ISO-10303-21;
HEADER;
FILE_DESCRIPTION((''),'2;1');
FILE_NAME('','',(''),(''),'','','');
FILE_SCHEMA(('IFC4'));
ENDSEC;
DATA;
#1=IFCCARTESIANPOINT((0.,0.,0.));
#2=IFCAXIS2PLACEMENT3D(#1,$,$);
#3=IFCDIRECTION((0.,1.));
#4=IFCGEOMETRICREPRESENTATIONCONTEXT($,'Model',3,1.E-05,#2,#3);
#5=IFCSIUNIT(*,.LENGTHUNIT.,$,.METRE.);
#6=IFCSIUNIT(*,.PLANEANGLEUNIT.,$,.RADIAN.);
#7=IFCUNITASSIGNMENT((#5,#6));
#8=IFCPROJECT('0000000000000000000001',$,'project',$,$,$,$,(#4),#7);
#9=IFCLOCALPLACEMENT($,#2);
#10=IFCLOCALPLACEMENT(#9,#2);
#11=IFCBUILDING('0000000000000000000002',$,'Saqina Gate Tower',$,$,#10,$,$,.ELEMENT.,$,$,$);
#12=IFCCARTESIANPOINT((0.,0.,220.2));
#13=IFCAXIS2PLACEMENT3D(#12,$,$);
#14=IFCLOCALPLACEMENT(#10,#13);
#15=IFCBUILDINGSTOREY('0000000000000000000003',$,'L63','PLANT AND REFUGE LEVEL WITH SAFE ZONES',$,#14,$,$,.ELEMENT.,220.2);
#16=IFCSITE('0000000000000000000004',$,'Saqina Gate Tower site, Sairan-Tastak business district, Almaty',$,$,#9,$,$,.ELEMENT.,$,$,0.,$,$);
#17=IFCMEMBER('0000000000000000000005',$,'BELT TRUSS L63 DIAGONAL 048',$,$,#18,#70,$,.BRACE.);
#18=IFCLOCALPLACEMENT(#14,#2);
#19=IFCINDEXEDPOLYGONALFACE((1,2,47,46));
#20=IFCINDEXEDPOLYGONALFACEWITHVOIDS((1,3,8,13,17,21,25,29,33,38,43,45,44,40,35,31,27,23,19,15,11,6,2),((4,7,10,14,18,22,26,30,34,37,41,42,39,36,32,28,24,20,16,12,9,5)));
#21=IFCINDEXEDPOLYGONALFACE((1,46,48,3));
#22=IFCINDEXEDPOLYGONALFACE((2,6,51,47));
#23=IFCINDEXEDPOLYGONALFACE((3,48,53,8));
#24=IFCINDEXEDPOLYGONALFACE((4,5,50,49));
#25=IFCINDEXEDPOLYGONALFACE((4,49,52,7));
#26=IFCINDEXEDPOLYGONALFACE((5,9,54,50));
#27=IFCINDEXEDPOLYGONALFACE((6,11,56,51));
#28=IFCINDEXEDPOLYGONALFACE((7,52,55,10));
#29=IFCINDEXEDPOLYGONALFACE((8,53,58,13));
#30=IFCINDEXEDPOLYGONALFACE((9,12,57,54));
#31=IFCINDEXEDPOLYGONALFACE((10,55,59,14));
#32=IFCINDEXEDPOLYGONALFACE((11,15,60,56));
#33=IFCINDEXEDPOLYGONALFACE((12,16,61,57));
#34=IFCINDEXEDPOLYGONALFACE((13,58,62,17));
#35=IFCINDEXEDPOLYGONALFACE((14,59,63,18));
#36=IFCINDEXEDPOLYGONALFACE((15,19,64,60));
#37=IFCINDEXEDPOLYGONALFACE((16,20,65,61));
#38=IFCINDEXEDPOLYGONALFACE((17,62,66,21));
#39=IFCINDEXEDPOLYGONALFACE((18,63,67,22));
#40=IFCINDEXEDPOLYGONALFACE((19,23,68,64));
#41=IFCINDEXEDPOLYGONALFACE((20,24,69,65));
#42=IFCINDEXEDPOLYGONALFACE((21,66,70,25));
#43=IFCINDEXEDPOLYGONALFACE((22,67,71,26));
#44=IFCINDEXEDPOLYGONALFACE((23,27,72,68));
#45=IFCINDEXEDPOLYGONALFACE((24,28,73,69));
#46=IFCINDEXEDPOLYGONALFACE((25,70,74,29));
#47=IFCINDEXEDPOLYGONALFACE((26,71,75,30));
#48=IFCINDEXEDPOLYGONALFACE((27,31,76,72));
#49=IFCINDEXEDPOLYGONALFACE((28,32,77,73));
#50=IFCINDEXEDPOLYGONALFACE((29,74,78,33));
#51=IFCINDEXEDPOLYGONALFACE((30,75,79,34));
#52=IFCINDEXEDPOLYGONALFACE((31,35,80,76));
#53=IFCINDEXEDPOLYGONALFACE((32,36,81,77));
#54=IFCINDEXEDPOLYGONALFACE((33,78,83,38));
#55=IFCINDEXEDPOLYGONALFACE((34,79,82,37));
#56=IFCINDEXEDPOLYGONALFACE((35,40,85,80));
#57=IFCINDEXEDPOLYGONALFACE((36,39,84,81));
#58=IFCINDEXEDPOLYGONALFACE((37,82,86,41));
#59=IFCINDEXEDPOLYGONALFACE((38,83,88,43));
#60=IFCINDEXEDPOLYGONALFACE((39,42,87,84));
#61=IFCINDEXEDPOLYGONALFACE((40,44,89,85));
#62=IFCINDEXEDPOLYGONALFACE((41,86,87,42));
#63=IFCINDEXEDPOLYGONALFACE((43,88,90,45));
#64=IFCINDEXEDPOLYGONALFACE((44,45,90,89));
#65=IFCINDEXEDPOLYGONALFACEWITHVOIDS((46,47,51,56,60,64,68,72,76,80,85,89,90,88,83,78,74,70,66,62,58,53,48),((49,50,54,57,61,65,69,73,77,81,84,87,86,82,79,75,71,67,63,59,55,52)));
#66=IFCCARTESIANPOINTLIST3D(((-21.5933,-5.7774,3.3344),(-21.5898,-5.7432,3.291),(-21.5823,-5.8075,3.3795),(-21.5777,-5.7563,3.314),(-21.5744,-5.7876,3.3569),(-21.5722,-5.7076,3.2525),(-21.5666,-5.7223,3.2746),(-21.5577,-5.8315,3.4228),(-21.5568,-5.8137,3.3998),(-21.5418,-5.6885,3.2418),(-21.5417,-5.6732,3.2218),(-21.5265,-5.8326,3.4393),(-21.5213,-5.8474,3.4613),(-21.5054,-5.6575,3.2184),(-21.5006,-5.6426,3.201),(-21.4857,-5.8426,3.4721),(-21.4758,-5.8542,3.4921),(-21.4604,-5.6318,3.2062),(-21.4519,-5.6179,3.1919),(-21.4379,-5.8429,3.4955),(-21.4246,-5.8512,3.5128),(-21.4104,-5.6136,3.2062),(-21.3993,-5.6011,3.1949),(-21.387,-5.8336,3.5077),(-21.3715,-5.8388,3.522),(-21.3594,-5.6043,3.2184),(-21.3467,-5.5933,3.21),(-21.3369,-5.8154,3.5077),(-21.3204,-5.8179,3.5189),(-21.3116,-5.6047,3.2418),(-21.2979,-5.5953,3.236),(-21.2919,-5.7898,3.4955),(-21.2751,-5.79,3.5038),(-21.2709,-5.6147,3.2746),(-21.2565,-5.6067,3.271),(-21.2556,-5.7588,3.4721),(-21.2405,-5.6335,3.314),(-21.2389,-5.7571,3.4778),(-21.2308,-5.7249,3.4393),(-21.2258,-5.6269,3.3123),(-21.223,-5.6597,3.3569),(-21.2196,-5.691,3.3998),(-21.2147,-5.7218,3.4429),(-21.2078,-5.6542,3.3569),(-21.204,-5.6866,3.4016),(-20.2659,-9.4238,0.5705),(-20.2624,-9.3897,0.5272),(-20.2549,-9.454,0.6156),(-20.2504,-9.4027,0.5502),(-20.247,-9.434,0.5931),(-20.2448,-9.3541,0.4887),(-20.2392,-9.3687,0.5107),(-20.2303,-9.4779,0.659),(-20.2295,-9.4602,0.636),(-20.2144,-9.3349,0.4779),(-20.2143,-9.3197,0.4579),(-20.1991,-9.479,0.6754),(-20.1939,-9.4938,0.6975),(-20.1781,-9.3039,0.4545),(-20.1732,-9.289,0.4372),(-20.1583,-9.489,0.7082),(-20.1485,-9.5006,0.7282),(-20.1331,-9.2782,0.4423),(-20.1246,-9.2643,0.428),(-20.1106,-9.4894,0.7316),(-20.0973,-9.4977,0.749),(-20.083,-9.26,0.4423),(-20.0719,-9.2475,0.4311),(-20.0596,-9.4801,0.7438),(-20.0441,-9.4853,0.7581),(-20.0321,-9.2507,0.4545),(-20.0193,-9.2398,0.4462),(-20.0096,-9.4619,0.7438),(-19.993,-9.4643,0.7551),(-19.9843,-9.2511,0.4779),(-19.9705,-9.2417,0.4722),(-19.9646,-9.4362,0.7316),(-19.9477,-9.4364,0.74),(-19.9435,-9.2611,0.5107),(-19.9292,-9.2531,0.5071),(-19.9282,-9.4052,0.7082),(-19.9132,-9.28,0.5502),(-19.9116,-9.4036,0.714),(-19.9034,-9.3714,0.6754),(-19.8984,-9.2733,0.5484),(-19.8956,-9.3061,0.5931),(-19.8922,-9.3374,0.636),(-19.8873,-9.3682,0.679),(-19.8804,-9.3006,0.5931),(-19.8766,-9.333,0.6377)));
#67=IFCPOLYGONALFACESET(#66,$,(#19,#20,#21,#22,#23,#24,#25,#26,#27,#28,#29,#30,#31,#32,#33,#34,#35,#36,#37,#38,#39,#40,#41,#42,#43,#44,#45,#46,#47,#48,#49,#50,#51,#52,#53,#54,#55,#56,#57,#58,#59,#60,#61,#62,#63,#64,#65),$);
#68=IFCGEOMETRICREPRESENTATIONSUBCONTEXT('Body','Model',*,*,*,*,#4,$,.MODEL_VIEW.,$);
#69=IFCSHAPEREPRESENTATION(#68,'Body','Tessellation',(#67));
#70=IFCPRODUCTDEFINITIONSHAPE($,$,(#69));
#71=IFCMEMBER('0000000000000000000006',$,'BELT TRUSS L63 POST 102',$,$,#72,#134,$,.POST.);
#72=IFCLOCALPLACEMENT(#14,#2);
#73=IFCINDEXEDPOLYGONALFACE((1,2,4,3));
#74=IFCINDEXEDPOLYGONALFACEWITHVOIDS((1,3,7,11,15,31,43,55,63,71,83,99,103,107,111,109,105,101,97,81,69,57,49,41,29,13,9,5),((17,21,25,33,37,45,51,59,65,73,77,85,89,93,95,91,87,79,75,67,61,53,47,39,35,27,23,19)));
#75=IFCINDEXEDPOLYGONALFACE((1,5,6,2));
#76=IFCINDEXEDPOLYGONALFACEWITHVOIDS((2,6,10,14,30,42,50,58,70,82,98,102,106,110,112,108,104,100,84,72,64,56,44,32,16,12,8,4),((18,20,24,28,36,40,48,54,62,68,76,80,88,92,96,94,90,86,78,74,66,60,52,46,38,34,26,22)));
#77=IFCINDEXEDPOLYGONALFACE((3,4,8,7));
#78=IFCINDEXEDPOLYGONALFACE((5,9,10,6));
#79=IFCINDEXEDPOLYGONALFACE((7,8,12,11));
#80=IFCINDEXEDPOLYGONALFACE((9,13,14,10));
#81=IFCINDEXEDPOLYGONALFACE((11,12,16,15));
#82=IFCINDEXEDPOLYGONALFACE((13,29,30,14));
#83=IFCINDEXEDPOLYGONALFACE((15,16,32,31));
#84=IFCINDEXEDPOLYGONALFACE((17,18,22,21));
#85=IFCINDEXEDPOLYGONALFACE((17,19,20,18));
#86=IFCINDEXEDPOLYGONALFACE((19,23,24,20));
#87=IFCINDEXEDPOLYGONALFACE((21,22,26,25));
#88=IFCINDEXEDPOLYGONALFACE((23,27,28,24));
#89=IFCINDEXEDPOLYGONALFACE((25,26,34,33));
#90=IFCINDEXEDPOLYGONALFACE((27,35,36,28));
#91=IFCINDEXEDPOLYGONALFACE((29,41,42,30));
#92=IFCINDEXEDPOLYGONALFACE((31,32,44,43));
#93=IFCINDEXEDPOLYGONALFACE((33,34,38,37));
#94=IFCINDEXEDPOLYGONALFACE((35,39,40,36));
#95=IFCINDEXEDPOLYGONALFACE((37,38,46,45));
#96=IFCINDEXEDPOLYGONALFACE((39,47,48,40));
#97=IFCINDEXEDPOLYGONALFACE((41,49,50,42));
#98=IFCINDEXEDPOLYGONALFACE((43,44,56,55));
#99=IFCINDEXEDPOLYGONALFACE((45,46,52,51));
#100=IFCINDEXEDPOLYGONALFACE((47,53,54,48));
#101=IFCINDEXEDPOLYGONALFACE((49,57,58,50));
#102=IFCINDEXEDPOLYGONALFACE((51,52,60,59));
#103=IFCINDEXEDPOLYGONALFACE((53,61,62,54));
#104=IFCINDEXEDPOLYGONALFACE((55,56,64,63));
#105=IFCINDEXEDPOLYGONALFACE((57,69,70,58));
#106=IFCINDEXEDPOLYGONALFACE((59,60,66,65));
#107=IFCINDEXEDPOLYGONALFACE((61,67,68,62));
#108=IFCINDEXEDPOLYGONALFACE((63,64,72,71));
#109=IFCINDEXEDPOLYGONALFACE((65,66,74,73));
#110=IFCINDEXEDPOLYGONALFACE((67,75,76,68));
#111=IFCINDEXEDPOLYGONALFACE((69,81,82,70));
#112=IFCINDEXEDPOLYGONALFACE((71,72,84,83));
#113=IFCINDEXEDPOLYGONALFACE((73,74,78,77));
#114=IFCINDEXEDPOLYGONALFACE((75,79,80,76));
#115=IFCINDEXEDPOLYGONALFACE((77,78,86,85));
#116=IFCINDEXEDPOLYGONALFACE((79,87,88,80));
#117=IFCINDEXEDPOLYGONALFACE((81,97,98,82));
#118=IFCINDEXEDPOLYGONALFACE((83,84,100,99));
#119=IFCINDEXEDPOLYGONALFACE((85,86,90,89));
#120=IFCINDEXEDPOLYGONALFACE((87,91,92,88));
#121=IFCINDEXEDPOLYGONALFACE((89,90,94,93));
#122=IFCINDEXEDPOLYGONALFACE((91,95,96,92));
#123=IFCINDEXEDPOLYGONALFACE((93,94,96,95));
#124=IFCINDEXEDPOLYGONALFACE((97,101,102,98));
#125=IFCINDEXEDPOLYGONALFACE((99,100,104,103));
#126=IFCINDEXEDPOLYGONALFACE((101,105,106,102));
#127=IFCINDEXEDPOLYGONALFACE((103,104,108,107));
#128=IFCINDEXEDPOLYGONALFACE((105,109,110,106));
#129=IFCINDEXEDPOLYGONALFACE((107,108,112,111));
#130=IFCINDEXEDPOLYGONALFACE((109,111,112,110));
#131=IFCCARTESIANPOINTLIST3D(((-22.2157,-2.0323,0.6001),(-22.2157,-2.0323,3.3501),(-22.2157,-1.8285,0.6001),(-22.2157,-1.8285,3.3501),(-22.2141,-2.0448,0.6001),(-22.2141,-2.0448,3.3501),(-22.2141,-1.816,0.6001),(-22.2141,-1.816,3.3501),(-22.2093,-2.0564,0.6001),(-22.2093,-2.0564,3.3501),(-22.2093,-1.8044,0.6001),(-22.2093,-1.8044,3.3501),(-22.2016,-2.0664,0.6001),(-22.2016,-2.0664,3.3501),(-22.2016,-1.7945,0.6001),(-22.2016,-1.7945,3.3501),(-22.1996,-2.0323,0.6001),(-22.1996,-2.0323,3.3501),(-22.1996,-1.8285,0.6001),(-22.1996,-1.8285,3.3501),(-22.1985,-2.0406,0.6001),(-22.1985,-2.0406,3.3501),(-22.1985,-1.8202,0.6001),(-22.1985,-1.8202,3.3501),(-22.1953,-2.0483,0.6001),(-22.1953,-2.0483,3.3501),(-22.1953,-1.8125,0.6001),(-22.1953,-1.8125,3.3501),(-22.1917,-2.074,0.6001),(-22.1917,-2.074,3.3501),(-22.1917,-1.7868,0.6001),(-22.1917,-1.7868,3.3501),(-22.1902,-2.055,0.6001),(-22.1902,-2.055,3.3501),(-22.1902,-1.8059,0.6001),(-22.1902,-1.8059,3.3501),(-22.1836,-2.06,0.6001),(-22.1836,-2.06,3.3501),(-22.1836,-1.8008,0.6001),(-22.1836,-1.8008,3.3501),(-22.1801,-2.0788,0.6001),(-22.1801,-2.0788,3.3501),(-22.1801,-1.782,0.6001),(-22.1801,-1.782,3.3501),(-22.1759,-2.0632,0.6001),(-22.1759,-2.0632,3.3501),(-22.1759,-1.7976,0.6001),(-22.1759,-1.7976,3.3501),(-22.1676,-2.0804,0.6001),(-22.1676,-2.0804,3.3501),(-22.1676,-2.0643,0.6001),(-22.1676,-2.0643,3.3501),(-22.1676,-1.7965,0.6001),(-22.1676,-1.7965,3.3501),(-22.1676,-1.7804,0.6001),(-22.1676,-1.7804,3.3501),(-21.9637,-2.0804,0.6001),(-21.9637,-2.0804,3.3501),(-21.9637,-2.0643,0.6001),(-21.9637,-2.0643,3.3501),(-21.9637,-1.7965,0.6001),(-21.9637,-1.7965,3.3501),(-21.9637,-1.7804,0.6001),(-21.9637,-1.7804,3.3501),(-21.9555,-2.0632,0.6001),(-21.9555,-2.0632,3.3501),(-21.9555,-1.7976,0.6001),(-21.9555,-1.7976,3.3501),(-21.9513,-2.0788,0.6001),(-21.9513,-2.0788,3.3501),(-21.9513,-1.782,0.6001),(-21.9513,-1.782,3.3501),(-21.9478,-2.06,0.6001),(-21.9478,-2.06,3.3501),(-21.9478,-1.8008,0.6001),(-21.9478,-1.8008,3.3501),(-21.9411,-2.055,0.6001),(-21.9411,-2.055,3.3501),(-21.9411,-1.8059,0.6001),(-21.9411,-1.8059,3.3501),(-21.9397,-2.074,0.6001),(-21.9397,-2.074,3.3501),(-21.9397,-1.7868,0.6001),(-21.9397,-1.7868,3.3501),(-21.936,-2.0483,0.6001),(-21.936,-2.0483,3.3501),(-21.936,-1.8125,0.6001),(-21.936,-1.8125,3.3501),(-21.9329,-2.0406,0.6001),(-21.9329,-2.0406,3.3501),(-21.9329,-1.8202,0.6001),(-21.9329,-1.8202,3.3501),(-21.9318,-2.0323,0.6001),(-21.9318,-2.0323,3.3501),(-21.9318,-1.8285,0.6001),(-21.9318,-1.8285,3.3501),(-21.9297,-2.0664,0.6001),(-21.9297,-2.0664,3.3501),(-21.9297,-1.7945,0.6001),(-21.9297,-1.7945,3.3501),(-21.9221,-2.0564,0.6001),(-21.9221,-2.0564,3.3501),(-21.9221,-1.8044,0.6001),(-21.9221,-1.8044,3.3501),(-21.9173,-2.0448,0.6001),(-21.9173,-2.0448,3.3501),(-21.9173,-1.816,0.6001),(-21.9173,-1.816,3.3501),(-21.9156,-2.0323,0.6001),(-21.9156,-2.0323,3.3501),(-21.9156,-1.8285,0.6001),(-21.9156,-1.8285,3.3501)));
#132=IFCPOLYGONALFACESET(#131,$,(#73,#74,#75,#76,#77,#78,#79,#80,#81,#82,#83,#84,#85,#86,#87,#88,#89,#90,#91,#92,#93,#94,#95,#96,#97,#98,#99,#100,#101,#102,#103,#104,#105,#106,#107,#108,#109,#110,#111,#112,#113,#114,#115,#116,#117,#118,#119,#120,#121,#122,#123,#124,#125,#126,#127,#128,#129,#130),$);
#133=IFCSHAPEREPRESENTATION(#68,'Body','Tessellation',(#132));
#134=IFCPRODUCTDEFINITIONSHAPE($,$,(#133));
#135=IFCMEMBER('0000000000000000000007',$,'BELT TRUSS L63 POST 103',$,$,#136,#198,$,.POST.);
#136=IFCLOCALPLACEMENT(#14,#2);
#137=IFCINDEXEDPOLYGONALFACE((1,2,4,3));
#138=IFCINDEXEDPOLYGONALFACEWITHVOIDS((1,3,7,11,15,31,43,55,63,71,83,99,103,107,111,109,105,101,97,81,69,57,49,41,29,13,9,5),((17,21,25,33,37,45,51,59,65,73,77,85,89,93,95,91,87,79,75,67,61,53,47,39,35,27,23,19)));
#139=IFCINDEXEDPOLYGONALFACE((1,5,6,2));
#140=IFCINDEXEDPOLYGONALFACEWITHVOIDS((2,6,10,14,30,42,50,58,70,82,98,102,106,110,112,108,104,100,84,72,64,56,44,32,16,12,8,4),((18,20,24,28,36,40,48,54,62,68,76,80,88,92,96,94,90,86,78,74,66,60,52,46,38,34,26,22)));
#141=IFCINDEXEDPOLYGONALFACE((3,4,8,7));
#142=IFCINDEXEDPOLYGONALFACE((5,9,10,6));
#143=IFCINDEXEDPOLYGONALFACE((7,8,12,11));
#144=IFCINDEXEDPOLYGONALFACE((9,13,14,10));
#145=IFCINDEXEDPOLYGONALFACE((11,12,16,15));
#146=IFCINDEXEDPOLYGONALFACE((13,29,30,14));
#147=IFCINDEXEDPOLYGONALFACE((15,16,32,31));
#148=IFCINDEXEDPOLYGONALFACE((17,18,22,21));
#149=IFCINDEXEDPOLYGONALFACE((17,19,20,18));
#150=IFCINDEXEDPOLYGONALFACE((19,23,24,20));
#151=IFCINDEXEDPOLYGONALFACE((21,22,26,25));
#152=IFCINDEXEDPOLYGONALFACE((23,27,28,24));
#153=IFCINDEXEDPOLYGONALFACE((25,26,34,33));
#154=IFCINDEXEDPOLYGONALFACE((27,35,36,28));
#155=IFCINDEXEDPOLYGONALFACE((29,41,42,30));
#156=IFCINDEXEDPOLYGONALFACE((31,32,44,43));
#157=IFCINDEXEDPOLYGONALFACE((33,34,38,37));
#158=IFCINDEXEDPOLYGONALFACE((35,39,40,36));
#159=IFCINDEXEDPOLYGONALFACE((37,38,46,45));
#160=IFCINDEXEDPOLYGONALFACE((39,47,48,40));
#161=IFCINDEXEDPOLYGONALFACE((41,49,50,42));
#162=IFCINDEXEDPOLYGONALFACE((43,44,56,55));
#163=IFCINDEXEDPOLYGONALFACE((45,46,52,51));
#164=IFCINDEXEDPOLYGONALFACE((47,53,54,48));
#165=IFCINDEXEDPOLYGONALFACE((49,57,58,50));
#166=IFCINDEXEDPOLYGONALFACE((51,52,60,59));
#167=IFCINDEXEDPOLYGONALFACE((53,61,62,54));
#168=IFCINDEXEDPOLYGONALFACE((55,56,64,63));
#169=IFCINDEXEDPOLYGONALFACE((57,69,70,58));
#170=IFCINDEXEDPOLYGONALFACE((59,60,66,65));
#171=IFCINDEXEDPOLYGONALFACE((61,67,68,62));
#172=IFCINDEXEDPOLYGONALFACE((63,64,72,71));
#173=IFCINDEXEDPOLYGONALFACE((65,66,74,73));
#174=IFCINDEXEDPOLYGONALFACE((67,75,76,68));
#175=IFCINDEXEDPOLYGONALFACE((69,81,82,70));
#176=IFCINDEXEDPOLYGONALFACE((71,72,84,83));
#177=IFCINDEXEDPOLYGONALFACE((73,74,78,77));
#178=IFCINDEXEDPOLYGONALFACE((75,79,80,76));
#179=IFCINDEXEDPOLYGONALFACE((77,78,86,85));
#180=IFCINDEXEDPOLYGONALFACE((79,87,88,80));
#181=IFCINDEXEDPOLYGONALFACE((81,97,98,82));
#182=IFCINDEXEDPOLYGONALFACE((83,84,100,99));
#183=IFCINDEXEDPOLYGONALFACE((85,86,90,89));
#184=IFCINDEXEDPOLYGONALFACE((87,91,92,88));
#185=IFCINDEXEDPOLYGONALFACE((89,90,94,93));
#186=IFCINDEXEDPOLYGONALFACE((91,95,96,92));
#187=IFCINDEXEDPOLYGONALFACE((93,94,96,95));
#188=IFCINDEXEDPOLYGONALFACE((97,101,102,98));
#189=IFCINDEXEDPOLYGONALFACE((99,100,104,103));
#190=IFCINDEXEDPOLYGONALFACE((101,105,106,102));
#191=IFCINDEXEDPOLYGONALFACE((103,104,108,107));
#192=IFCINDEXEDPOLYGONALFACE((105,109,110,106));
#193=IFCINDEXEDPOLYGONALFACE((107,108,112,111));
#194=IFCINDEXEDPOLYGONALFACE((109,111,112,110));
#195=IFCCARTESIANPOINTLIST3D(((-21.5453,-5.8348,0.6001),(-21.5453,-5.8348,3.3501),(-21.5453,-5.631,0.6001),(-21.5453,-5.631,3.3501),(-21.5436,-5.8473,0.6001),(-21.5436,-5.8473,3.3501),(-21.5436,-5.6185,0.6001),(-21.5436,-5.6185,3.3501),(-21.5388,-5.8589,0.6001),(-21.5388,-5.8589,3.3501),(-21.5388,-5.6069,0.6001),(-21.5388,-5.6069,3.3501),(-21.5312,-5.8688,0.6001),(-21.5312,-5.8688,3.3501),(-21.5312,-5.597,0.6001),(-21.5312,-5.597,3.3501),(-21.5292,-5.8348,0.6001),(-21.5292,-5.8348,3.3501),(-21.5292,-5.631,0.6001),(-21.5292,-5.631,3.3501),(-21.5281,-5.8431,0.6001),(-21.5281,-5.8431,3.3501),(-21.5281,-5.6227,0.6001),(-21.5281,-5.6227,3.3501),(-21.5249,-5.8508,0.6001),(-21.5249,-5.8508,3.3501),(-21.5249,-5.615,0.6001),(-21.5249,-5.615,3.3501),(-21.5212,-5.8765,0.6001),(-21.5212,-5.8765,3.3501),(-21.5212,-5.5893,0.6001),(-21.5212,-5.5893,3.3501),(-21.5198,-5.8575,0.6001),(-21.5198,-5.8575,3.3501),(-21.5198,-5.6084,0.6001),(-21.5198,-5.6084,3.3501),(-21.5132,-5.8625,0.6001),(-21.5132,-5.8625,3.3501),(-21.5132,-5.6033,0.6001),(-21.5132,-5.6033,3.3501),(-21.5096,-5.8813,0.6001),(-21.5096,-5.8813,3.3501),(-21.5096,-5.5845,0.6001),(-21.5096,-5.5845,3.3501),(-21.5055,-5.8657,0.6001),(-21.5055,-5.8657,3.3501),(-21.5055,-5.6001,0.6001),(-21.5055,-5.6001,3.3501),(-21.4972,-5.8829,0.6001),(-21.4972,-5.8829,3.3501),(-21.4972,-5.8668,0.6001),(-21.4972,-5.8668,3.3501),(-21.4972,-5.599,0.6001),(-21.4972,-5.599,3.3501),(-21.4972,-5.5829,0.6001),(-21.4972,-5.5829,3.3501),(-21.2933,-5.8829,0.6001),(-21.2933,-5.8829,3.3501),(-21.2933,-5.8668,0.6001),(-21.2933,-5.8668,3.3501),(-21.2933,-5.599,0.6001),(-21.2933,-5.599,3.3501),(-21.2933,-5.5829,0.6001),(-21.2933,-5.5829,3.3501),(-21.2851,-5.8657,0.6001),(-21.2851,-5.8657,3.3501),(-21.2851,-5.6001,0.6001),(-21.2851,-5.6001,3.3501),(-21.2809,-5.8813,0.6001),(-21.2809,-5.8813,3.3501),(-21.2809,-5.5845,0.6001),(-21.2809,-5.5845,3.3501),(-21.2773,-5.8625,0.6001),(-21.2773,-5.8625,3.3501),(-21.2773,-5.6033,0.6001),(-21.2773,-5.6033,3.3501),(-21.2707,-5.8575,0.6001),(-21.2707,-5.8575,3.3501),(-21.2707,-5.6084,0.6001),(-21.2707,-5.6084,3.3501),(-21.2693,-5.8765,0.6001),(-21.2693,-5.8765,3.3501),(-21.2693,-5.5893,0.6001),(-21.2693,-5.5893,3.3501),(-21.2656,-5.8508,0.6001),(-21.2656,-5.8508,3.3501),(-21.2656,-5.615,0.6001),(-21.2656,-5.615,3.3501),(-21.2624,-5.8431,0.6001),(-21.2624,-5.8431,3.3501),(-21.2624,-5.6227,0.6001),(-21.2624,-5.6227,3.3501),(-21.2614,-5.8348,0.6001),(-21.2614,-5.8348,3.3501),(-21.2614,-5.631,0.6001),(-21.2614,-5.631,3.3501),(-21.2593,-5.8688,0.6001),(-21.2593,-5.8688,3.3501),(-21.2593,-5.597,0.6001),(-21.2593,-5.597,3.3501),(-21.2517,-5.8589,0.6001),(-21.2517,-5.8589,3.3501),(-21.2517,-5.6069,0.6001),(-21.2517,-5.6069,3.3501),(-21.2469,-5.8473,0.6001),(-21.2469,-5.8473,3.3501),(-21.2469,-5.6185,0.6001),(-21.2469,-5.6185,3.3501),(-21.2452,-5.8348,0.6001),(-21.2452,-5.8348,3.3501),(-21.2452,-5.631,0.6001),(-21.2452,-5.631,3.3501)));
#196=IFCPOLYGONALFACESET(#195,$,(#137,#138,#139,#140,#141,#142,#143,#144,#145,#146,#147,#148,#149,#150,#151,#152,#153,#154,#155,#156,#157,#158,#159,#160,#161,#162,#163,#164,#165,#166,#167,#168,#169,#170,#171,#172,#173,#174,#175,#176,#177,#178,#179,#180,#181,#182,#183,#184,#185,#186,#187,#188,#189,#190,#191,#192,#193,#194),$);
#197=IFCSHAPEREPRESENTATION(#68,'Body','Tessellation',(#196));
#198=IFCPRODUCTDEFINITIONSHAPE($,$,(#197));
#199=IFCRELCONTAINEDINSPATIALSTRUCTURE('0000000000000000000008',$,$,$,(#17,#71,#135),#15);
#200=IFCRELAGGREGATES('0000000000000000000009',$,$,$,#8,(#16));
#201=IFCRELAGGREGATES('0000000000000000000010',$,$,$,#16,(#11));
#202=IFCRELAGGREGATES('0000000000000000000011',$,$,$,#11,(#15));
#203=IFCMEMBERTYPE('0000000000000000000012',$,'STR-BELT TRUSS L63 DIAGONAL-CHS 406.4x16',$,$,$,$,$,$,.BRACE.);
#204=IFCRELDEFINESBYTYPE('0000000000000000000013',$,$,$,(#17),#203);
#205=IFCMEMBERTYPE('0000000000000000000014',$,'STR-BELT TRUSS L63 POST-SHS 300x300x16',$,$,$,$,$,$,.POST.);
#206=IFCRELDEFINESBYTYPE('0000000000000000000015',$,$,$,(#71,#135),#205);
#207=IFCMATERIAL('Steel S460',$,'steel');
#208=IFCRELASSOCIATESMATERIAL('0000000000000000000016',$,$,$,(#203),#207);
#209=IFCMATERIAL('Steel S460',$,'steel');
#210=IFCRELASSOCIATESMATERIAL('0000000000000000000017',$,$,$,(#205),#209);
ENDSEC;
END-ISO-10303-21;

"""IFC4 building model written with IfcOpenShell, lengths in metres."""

from ifc_helpers import new_model, si_unit, direction, frame, origin, origin_2d, place, context, subcontext, project, spatial, hollow_rectangle, hollow_circle, extrude, material, material_profile, profile_set, type_object, element, save


model = new_model("IFC4")

# Units and contexts
model_context = context("Model", 3, precision=1e-05, world=origin(), true_north=direction((0.0, 1.0)))
body_context = subcontext(model_context, "Body", "Model", "MODEL_VIEW")
ifc_project = project(units=[si_unit("LENGTHUNIT", "METRE"), si_unit("PLANEANGLEUNIT", "RADIAN")], contexts=[model_context])

# Site, building, storey
site_placement = place(None, origin())
site = spatial("IfcSite", under=ifc_project, at=site_placement, Name="Saqina Gate Tower site, Sairan-Tastak business district, Almaty", CompositionType="ELEMENT", RefElevation=0.0)
building_placement = place(site_placement, origin())
building = spatial("IfcBuilding", under=site, at=building_placement, Name="Saqina Gate Tower", CompositionType="ELEMENT")
storey_placement = place(building_placement, frame((0.0, 0.0, 220.2)))
storey = spatial("IfcBuildingStorey", under=building, at=storey_placement, Name="L63", Description="PLANT AND REFUGE LEVEL WITH SAFE ZONES", CompositionType="ELEMENT", Elevation=220.2)

# Members
ifc_material_1 = material(Name="Steel S460", Category="steel")
ifc_material_profile_1 = material_profile(ifc_material_1, hollow_circle(Radius=0.2031, WallThickness=0.0161, at=origin_2d()), Name="CHS 406.4x16")
ifc_profile_set_1 = profile_set([ifc_material_profile_1], Name="Steel S460")
member_type_1 = type_object("IfcMemberType", Name="STR-BELT TRUSS L63 DIAGONAL-CHS 406.4x16", PredefinedType="BRACE", material=ifc_profile_set_1)
for number, where, z_axis, x_axis, name in (
    (1, (-21.3987, -5.7236, 3.3569), (0.278615, -0.765385, -0.580137), (0.939678, 0.342061, 0.0), "BELT TRUSS L63 DIAGONAL 048"),
):
    element("IfcMember", number, at=place(storey_placement, frame(where, z_axis=z_axis, x_axis=x_axis)), inside=storey, type_object=member_type_1, Name=name, PredefinedType="BRACE", context=body_context, shape_type="SweptSolid", body=[
        extrude(hollow_circle(Radius=0.2031, WallThickness=0.0161, at=origin_2d()), origin(), (0.0, 0.0, 1.0), 4.7642),
    ])
ifc_material_2 = material(Name="Steel S460", Category="steel")
ifc_material_profile_2 = material_profile(ifc_material_2, hollow_rectangle(XDim=0.3, YDim=0.3, WallThickness=0.0161, InnerFilletRadius=0.032, OuterFilletRadius=0.0481, at=origin_2d()), Name="SHS 300x300x16")
ifc_profile_set_2 = profile_set([ifc_material_profile_2], Name="Steel S460")
member_type_2 = type_object("IfcMemberType", Name="STR-BELT TRUSS L63 POST-SHS 300x300x16", PredefinedType="POST", material=ifc_profile_set_2)
for number, where, z_axis, x_axis, name in (
    (2, (-22.0657, -1.9304, 0.6001), (0.0, 0.0, 1.0), (1.0, 0.0, 0.0), "BELT TRUSS L63 POST 102"),
    (3, (-21.3953, -5.7329, 0.6001), (0.0, 0.0, 1.0), (1.0, 0.0, 0.0), "BELT TRUSS L63 POST 103"),
):
    element("IfcMember", number, at=place(storey_placement, frame(where, z_axis=z_axis, x_axis=x_axis)), inside=storey, type_object=member_type_2, Name=name, PredefinedType="POST", context=body_context, shape_type="SweptSolid", body=[
        extrude(hollow_rectangle(XDim=0.3, YDim=0.3, WallThickness=0.0161, InnerFilletRadius=0.032, OuterFilletRadius=0.0481, at=origin_2d()), origin(), (0.0, 0.0, 1.0), 2.75),
    ])

save(model, "model.ifc")
